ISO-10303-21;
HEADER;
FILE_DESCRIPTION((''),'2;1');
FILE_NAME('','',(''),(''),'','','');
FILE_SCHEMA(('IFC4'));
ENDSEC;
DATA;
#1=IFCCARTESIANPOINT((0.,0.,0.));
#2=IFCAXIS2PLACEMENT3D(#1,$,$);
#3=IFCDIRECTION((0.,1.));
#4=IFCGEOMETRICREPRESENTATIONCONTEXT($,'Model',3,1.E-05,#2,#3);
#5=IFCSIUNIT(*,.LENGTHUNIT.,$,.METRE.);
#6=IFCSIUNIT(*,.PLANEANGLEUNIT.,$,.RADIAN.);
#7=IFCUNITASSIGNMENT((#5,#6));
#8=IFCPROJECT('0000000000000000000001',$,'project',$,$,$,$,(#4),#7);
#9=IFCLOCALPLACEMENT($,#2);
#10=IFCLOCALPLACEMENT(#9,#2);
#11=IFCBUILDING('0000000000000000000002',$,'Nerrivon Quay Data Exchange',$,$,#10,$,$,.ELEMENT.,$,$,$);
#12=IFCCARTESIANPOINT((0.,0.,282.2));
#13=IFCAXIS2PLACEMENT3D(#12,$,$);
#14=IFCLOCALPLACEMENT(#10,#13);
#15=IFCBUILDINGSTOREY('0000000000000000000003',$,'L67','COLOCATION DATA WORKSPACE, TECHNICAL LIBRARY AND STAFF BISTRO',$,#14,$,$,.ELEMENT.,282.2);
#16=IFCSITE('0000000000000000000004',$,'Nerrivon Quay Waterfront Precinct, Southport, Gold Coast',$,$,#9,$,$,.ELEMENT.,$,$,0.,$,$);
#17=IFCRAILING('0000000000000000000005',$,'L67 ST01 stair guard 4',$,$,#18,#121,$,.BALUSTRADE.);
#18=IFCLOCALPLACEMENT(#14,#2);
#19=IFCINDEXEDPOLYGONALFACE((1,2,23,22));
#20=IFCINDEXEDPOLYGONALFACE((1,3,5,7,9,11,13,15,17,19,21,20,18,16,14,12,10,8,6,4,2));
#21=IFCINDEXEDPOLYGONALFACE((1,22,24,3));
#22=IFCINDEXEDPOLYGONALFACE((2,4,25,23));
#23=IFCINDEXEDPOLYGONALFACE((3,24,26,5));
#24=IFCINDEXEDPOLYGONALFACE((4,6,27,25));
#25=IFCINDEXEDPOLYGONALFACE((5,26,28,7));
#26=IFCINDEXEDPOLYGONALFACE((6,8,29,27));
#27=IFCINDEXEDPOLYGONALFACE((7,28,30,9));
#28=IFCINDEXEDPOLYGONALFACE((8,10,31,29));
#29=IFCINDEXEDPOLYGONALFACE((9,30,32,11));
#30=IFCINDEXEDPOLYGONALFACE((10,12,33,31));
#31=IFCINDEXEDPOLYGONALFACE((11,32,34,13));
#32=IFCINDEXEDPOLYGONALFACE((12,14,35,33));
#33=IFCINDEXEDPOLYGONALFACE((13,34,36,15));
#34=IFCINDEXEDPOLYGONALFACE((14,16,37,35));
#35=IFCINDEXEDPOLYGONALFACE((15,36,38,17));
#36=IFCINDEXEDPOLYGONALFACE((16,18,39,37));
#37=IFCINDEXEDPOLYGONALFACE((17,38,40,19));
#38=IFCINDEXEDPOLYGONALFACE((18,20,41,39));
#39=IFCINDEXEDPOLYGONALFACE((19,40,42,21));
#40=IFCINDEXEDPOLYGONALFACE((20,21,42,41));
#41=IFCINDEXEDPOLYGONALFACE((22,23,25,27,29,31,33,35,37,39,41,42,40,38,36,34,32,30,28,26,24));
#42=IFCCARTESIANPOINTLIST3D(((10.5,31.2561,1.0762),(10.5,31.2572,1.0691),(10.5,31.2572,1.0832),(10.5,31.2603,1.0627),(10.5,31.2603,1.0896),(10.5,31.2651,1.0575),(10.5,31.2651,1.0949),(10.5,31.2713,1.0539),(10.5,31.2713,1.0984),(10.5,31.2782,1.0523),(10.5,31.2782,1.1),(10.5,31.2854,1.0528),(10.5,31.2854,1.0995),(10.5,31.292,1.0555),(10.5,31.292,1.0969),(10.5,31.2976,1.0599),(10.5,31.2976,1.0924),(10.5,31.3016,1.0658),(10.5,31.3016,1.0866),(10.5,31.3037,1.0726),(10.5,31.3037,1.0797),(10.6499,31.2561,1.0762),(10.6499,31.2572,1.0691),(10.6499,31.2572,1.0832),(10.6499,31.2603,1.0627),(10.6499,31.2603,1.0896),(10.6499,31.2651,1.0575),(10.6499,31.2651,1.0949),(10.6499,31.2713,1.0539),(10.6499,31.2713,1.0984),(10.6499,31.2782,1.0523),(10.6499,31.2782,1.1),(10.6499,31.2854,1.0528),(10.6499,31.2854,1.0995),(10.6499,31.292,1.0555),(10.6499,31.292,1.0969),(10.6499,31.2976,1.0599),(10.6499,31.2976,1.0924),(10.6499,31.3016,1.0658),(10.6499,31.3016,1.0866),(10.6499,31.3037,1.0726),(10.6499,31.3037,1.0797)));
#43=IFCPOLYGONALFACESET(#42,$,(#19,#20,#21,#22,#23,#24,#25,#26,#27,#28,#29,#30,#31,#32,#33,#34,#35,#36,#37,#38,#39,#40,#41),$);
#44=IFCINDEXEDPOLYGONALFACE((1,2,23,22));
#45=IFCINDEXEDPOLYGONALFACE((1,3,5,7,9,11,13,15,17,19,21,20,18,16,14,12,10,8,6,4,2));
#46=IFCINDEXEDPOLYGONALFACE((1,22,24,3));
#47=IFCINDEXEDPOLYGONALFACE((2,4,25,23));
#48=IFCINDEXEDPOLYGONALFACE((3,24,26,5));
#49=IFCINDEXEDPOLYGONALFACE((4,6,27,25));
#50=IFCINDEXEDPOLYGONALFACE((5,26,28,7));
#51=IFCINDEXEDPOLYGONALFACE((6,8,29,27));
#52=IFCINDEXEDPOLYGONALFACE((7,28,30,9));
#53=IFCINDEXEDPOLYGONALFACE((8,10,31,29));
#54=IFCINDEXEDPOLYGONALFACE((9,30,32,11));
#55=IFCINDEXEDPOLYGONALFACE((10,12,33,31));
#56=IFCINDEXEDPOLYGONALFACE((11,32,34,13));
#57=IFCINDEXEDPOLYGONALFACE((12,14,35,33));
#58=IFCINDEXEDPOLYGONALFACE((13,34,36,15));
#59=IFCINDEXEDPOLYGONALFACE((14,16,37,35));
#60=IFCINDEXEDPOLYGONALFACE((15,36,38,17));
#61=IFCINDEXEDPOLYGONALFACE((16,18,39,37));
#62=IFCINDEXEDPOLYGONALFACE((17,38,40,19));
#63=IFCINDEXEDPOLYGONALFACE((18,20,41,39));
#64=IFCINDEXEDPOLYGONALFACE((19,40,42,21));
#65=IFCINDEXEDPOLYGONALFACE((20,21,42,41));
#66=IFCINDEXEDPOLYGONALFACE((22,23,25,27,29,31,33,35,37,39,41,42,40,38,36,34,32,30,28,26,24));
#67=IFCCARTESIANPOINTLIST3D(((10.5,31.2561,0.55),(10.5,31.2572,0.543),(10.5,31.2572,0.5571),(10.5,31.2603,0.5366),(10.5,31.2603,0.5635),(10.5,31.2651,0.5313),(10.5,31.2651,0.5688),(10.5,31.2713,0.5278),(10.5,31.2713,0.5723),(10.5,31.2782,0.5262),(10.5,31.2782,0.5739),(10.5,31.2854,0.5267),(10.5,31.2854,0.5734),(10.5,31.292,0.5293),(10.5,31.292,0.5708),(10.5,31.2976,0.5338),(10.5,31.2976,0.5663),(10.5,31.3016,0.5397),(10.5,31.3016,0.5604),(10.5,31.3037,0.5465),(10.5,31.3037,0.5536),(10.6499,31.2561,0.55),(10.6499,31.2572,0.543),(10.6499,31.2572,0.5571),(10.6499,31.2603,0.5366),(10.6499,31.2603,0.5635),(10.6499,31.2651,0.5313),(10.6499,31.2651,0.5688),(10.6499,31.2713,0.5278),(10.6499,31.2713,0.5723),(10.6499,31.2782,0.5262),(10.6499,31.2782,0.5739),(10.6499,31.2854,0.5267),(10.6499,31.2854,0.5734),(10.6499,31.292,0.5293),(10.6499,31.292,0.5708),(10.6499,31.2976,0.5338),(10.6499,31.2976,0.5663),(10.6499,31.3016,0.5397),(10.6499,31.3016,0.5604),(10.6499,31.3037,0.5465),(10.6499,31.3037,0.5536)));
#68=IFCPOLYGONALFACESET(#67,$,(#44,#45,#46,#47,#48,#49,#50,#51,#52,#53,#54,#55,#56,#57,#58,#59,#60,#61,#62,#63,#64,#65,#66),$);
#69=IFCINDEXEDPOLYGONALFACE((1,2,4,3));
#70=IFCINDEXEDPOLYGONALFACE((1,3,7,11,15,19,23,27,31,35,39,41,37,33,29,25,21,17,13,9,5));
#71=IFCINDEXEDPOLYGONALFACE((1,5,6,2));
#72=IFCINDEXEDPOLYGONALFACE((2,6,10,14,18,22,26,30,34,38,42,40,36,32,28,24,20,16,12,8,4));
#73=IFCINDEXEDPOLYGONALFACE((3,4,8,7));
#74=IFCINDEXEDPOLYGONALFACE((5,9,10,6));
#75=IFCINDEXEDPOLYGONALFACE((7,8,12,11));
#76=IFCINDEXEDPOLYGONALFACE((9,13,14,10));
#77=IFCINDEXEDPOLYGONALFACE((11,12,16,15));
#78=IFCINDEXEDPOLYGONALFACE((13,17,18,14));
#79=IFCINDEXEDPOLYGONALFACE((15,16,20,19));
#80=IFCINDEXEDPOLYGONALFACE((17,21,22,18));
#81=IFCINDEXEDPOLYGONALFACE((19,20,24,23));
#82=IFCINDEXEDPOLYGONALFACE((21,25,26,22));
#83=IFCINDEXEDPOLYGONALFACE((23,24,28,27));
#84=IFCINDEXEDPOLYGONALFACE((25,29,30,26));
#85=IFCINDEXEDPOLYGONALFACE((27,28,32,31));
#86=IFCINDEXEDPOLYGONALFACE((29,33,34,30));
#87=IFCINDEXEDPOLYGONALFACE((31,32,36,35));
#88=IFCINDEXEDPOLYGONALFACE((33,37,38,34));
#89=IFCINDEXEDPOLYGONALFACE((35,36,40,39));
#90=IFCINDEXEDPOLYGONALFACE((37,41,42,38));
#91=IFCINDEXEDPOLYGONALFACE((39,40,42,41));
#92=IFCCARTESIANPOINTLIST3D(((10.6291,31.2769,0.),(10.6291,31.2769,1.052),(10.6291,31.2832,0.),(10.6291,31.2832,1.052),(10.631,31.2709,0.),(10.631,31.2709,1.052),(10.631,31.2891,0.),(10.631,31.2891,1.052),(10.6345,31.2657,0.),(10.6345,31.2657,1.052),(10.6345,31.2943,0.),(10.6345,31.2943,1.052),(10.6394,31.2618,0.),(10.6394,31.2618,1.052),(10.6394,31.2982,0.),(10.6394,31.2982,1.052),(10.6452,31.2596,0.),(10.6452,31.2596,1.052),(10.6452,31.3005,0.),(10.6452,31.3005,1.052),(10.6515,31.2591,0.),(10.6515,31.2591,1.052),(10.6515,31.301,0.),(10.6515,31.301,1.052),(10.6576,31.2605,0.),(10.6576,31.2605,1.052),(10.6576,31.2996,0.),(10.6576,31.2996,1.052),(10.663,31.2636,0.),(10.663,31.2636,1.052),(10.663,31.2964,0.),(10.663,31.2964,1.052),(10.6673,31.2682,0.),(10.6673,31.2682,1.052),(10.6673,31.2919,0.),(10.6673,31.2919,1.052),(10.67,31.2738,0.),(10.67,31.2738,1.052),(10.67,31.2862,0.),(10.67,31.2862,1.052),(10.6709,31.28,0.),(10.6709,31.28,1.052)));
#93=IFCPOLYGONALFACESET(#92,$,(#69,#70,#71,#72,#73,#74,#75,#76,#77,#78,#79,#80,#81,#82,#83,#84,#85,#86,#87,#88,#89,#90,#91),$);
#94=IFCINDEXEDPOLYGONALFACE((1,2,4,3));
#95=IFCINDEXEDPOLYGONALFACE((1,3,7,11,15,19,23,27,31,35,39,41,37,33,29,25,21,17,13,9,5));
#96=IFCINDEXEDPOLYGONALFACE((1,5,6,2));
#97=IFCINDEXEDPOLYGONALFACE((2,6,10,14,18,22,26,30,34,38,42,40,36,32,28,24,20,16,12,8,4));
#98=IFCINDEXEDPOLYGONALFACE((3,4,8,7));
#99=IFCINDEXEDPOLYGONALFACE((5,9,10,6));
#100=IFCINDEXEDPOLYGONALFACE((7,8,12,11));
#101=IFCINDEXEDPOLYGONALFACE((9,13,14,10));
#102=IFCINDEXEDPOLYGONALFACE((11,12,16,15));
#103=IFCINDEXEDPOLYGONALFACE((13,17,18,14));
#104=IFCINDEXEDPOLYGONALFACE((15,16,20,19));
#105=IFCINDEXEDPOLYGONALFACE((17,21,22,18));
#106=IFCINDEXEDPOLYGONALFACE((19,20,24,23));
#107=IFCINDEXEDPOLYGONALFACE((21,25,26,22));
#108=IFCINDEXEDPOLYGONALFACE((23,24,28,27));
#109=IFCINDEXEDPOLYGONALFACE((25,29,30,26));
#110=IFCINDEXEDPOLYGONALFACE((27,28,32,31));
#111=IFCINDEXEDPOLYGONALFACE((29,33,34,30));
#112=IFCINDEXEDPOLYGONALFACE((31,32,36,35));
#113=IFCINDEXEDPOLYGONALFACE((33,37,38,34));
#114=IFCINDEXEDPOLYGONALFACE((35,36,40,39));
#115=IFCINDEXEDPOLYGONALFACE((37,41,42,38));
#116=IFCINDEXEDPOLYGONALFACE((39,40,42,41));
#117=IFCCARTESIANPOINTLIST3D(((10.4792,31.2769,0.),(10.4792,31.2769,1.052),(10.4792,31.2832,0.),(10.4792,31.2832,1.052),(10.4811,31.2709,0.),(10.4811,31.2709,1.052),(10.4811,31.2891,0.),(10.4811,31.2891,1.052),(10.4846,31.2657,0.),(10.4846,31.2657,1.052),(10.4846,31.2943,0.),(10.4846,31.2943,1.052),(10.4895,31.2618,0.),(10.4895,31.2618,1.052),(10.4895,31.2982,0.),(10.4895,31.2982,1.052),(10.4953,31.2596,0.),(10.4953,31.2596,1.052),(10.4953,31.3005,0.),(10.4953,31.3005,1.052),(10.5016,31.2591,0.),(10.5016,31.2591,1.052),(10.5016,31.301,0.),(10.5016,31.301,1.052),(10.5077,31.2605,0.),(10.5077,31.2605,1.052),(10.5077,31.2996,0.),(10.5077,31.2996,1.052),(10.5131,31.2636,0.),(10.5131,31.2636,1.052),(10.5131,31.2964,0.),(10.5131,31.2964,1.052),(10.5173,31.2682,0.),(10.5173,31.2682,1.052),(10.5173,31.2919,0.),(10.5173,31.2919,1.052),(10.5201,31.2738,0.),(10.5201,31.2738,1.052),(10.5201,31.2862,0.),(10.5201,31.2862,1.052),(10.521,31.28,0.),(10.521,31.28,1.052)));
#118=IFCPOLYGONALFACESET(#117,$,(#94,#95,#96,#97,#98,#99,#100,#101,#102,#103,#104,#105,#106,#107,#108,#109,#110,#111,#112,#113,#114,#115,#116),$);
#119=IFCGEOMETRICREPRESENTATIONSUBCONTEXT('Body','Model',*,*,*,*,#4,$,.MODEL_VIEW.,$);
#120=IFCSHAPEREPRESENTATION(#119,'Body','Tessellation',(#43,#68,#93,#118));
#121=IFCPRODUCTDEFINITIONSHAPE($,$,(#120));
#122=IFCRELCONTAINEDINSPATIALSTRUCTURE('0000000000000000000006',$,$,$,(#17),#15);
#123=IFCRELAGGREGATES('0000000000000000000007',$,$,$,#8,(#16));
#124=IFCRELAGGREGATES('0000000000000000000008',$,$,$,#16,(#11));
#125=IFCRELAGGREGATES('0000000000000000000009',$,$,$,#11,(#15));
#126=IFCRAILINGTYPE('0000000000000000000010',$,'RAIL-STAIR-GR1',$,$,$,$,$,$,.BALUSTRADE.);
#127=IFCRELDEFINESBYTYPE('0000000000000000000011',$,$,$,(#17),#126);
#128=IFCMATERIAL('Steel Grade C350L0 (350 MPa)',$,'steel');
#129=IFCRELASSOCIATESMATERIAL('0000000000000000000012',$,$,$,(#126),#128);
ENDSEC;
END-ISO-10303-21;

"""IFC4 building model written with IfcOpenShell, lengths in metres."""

from ifc_helpers import new_model, si_unit, direction, frame, origin, origin_2d, place, context, subcontext, project, spatial, circle, extrude, material, type_object, element, save


model = new_model("IFC4")

# Units and contexts
model_context = context("Model", 3, precision=1e-05, world=origin(), true_north=direction((0.0, 1.0)))
body_context = subcontext(model_context, "Body", "Model", "MODEL_VIEW")
ifc_project = project(units=[si_unit("LENGTHUNIT", "METRE"), si_unit("PLANEANGLEUNIT", "RADIAN")], contexts=[model_context])

# Site, building, storey
site_placement = place(None, origin())
site = spatial("IfcSite", under=ifc_project, at=site_placement, Name="Nerrivon Quay Waterfront Precinct, Southport, Gold Coast", CompositionType="ELEMENT", RefElevation=0.0)
building_placement = place(site_placement, origin())
building = spatial("IfcBuilding", under=site, at=building_placement, Name="Nerrivon Quay Data Exchange", CompositionType="ELEMENT")
storey_placement = place(building_placement, frame((0.0, 0.0, 282.2)))
storey = spatial("IfcBuildingStorey", under=building, at=storey_placement, Name="L67", Description="COLOCATION DATA WORKSPACE, TECHNICAL LIBRARY AND STAFF BISTRO", CompositionType="ELEMENT", Elevation=282.2)

# Railing
ifc_material_1 = material(Name="Steel Grade C350L0 (350 MPa)", Category="steel")
railing_type_1 = type_object("IfcRailingType", Name="RAIL-STAIR-GR1", PredefinedType="BALUSTRADE", material=ifc_material_1)
railing_1_placement = place(storey_placement, frame((10.6499, 31.28, 0.0)))
element("IfcRailing", 1, at=railing_1_placement, inside=storey, type_object=railing_type_1, Name="L67 ST01 stair guard 4", PredefinedType="BALUSTRADE", context=body_context, shape_type="SweptSolid", body=[
    extrude(circle(Radius=0.0239, at=origin_2d()), frame((0.0, 0.0, 1.0762), z_axis=(-1.0, 0.0, 0.0), x_axis=(0.0, -1.0, 0.0)), (0.0, 0.0, 1.0), 0.1499),
    extrude(circle(Radius=0.0239, at=origin_2d()), frame((0.0, 0.0, 0.55), z_axis=(-1.0, 0.0, 0.0), x_axis=(0.0, -1.0, 0.0)), (0.0, 0.0, 1.0), 0.1499),
    extrude(circle(Radius=0.021, at=origin_2d()), origin(), (0.0, 0.0, 1.0), 1.052),
    extrude(circle(Radius=0.021, at=origin_2d()), frame((-0.1499, 0.0, 0.0)), (0.0, 0.0, 1.0), 1.052),
])

save(model, "model.ifc")
